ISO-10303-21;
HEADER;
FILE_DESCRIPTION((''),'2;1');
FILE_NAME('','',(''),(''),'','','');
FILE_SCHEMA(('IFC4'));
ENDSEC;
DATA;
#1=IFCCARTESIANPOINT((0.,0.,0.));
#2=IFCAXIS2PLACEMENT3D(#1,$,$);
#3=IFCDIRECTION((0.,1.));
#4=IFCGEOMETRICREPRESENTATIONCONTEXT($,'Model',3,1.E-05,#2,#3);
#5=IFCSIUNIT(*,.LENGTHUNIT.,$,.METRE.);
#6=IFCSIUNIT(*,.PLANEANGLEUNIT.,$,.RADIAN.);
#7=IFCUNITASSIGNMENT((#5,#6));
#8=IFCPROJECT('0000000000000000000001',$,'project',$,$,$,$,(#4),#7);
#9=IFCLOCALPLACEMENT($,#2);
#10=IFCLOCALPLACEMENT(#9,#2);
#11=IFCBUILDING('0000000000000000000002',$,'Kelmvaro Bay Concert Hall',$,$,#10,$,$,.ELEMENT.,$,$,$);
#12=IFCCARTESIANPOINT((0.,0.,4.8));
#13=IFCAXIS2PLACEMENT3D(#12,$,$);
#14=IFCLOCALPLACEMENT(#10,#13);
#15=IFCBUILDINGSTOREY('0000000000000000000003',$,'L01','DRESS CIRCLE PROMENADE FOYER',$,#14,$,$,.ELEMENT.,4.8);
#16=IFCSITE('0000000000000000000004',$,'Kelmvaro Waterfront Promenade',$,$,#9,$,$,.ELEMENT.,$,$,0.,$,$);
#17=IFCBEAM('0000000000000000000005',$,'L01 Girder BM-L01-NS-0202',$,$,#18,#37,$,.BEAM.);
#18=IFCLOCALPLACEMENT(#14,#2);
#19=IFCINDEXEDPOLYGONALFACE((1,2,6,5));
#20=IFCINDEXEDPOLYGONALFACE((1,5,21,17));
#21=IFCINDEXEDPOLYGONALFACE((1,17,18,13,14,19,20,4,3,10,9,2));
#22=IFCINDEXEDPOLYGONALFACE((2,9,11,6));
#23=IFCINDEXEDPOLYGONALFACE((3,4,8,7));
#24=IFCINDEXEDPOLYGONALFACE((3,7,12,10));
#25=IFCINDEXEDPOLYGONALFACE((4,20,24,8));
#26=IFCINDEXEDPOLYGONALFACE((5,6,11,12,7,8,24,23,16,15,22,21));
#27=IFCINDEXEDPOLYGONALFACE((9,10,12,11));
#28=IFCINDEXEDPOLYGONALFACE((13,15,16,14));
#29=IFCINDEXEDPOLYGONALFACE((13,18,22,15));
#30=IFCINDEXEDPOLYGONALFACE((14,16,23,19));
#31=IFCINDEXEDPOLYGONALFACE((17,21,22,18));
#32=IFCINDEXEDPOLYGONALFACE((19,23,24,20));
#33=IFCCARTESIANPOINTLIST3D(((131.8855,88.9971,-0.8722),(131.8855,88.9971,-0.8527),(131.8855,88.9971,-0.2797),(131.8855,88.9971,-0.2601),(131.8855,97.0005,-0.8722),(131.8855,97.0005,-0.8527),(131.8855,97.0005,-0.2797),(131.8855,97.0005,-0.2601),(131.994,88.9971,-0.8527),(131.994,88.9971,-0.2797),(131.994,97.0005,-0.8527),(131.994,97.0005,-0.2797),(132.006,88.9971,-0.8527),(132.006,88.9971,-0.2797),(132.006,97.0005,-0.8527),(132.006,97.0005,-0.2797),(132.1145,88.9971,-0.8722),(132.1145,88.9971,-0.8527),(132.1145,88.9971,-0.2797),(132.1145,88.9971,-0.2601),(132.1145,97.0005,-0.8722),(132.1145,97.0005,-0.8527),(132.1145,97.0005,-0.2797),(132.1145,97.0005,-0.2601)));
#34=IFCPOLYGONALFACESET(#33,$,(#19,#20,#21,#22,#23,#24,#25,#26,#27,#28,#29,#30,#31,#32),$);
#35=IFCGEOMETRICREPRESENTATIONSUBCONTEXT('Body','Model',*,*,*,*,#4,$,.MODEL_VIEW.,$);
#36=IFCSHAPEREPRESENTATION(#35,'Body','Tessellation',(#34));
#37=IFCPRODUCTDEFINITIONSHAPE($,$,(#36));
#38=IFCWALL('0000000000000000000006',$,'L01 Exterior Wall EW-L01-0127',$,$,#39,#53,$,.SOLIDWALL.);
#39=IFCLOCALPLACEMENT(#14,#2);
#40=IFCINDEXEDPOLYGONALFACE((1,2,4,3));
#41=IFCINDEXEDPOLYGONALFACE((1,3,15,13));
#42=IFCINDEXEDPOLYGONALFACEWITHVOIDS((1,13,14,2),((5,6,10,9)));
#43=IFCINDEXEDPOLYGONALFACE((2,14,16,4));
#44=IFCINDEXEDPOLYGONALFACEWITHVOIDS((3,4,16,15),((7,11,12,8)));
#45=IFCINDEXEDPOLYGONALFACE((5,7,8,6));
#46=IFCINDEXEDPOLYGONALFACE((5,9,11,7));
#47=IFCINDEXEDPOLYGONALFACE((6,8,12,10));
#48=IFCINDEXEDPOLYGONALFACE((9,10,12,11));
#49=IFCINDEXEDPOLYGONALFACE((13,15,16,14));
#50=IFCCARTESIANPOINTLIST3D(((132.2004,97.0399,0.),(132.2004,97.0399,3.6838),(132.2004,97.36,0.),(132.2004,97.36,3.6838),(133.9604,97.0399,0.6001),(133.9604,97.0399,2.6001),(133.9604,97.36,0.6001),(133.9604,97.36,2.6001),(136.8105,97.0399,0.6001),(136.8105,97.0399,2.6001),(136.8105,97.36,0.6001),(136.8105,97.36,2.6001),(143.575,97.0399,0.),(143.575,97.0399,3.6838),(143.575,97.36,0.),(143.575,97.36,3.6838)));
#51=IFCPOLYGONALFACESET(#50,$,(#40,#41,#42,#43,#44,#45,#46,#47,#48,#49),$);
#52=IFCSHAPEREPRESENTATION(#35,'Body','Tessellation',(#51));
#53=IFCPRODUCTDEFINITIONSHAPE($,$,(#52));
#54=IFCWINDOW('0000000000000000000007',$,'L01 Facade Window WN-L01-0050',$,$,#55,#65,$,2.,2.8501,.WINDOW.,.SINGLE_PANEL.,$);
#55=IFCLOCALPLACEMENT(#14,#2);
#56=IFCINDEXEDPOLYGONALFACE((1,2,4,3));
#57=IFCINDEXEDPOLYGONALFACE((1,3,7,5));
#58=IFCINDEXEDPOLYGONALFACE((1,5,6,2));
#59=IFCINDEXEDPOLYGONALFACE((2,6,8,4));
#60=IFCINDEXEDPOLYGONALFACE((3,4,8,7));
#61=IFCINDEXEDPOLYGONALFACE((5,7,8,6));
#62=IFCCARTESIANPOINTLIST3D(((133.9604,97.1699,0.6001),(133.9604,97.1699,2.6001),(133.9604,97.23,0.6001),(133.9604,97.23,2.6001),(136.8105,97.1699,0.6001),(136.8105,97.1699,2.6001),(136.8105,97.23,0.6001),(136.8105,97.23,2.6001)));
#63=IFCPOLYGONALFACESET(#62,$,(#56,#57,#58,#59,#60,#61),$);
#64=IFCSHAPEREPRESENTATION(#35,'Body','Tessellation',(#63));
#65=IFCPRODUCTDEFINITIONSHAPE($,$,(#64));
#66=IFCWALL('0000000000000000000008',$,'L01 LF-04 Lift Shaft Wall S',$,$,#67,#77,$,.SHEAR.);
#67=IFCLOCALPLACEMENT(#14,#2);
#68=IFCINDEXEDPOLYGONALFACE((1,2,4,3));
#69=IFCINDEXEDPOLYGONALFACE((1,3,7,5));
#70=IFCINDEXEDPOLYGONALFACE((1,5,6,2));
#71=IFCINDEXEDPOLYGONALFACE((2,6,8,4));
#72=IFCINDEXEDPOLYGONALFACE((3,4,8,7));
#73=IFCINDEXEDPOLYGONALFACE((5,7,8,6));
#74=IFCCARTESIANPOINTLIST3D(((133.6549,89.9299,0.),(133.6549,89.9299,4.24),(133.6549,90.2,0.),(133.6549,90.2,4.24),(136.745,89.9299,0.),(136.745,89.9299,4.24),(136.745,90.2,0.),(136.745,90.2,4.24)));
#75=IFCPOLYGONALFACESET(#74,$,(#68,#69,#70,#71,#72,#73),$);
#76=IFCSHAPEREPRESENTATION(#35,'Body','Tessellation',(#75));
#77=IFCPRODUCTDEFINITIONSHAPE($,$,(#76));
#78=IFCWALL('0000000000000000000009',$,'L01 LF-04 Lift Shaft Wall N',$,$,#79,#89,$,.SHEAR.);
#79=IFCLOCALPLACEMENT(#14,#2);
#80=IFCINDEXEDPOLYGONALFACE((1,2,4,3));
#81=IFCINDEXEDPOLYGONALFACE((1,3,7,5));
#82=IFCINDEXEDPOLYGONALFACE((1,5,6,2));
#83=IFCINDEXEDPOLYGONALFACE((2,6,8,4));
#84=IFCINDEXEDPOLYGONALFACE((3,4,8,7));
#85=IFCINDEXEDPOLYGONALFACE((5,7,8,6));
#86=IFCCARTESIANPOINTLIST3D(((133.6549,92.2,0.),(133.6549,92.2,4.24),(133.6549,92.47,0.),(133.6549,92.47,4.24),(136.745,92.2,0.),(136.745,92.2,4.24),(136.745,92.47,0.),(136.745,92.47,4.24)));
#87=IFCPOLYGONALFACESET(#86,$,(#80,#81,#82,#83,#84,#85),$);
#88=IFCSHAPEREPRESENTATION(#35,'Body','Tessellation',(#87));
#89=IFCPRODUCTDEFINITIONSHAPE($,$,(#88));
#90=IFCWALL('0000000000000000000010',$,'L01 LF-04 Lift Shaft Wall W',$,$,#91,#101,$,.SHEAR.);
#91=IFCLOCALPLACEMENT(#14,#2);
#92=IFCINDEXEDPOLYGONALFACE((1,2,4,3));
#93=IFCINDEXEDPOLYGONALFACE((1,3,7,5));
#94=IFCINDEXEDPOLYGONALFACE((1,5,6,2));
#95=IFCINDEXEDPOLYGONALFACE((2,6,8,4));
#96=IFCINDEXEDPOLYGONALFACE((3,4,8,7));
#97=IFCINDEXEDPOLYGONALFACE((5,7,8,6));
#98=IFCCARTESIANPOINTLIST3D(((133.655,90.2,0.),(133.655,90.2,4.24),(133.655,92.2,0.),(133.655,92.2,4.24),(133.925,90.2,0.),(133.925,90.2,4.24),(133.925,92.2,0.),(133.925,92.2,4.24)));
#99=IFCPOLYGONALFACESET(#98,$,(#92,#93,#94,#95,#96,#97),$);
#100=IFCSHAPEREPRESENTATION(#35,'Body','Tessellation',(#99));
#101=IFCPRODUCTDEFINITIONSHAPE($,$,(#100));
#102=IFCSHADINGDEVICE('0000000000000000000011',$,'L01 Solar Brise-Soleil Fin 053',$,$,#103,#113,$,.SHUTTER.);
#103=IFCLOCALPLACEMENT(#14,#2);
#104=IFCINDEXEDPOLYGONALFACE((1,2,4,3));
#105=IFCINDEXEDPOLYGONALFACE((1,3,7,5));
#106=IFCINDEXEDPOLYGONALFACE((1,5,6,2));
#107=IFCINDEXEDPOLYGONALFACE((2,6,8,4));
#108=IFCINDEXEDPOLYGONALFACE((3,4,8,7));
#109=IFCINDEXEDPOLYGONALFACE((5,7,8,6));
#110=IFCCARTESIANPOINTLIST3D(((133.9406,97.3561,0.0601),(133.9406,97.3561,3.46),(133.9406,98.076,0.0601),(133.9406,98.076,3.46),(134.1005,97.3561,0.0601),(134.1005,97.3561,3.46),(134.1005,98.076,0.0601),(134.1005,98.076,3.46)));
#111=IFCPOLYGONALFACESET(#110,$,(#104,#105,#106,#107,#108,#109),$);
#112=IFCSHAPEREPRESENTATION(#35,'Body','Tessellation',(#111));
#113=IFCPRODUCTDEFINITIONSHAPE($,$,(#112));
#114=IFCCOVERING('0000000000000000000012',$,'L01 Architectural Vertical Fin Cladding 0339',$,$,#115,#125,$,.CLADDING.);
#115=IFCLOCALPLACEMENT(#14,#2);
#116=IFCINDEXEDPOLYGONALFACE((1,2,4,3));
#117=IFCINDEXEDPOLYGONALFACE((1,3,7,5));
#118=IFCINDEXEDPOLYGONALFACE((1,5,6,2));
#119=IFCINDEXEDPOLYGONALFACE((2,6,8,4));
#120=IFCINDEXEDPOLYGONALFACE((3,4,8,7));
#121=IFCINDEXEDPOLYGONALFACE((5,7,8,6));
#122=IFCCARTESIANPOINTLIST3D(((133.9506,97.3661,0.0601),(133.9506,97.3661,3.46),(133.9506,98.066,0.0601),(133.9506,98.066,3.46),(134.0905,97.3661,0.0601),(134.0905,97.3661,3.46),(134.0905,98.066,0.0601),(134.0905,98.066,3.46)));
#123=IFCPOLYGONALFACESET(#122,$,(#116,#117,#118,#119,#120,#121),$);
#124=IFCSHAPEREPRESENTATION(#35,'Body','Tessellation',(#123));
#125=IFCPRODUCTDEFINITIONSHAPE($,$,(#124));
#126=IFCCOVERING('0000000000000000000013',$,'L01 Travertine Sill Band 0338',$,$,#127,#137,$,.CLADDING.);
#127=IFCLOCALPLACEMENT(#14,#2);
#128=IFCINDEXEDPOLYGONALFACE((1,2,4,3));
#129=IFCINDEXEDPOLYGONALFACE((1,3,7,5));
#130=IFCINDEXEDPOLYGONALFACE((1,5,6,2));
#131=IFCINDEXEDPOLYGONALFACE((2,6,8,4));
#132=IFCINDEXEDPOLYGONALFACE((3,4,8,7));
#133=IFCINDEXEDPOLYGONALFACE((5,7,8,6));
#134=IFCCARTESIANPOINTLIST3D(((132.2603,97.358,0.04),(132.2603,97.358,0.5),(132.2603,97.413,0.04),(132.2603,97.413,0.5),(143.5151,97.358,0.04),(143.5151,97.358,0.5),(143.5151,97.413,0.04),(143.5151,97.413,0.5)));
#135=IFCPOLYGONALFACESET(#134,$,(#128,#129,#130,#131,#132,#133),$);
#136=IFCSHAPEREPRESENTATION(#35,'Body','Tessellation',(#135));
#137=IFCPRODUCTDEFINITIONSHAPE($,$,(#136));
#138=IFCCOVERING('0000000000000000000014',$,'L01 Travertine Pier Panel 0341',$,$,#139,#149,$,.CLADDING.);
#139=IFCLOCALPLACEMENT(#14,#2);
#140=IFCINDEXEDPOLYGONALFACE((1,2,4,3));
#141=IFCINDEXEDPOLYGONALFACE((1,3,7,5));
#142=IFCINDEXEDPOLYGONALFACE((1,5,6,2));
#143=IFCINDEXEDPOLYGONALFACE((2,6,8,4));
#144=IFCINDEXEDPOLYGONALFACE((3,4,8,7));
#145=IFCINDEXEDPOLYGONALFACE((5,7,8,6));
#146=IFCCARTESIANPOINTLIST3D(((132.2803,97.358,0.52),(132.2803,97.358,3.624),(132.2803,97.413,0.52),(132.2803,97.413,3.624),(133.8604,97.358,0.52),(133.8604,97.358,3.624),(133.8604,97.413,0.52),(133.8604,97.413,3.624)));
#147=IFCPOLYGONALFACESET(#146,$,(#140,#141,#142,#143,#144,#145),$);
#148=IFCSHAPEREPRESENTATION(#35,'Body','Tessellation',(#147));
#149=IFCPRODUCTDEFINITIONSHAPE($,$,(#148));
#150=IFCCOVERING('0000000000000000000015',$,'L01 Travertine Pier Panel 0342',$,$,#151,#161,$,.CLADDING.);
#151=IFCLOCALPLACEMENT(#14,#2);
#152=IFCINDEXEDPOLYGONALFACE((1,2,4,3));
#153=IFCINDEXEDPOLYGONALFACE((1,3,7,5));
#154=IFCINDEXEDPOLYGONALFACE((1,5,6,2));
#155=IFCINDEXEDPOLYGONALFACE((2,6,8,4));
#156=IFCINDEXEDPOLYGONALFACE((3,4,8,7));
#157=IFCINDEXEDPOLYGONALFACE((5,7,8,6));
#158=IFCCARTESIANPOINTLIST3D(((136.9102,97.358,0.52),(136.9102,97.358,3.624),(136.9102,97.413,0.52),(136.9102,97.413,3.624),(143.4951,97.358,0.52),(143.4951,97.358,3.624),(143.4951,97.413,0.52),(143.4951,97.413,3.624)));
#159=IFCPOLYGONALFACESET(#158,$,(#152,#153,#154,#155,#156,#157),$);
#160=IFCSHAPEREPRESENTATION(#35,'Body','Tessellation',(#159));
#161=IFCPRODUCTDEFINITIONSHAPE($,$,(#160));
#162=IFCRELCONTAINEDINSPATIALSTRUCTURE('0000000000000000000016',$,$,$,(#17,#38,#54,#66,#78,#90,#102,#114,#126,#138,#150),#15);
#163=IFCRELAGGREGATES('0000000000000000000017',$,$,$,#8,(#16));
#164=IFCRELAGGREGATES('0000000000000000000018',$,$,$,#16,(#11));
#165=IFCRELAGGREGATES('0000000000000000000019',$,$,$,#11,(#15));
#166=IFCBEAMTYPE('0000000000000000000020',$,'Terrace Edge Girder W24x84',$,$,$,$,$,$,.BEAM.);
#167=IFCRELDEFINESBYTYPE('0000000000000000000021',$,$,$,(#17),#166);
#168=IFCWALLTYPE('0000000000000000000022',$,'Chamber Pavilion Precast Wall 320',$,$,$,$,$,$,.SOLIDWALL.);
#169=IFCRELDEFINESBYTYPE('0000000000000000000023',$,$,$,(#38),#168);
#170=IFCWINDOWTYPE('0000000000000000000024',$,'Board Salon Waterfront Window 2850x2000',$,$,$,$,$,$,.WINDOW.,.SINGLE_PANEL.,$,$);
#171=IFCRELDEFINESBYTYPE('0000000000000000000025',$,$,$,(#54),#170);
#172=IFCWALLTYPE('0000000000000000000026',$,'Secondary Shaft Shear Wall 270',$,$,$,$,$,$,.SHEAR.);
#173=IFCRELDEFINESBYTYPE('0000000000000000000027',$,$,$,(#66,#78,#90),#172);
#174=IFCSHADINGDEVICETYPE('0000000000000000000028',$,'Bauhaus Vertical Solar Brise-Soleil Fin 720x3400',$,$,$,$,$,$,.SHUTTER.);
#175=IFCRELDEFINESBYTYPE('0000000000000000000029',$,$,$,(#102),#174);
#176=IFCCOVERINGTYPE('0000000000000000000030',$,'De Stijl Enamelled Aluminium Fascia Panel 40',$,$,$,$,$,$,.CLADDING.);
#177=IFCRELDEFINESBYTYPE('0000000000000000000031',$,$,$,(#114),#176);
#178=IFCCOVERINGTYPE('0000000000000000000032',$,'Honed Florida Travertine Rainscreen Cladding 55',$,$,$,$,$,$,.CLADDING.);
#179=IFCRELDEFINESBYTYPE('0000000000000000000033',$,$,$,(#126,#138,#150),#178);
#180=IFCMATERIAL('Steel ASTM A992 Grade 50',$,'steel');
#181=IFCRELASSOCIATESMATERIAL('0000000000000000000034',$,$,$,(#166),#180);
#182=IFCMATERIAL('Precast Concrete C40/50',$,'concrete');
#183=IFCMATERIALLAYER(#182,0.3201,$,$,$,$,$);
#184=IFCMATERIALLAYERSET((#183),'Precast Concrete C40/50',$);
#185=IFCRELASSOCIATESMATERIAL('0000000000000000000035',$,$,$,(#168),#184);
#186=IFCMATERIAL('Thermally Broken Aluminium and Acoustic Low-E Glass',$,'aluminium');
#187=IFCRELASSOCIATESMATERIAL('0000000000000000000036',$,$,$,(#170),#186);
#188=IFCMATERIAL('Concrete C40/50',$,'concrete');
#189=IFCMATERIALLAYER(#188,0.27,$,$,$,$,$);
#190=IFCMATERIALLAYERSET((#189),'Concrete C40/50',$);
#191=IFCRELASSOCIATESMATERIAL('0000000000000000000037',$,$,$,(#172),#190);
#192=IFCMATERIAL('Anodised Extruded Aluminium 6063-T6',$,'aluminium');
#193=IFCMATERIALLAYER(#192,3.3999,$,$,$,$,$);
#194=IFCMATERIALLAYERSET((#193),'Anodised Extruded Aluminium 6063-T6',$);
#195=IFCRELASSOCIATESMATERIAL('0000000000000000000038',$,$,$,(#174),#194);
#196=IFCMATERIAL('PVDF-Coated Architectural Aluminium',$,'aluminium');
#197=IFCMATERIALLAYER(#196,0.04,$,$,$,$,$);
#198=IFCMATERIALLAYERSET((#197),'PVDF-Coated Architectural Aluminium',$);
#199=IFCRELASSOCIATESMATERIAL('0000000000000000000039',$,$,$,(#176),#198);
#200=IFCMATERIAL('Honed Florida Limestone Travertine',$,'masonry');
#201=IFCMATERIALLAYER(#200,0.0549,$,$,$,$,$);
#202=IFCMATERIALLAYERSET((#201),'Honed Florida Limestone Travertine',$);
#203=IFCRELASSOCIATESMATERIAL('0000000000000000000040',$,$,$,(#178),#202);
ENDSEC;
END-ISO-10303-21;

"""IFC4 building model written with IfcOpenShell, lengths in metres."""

from ifc_helpers import new_model, si_unit, direction, frame, frame_2d, origin, origin_2d, place, context, subcontext, project, spatial, rectangle, i_section, extrude, material, layer, layer_set, material_profile, profile_set, type_object, element, fill, save


model = new_model("IFC4")

# Units and contexts
model_context = context("Model", 3, precision=1e-05, world=origin(), true_north=direction((0.0, 1.0)))
body_context = subcontext(model_context, "Body", "Model", "MODEL_VIEW")
ifc_project = project(units=[si_unit("LENGTHUNIT", "METRE"), si_unit("PLANEANGLEUNIT", "RADIAN")], contexts=[model_context])

# Site, building, storey
site_placement = place(None, origin())
site = spatial("IfcSite", under=ifc_project, at=site_placement, Name="Kelmvaro Waterfront Promenade", CompositionType="ELEMENT", RefElevation=0.0)
building_placement = place(site_placement, origin())
building = spatial("IfcBuilding", under=site, at=building_placement, Name="Kelmvaro Bay Concert Hall", CompositionType="ELEMENT")
storey_placement = place(building_placement, frame((0.0, 0.0, 4.8)))
storey = spatial("IfcBuildingStorey", under=building, at=storey_placement, Name="L01", Description="DRESS CIRCLE PROMENADE FOYER", CompositionType="ELEMENT", Elevation=4.8)

# Beam
ifc_material_1 = material(Name="Steel ASTM A992 Grade 50", Category="steel")
ifc_material_profile_1 = material_profile(ifc_material_1, i_section(OverallWidth=0.229, OverallDepth=0.6121, WebThickness=0.012, FlangeThickness=0.0195, at=origin_2d()), Name="W24X84")
ifc_profile_set_1 = profile_set([ifc_material_profile_1], Name="Steel ASTM A992 Grade 50")
beam_type_1 = type_object("IfcBeamType", Name="Terrace Edge Girder W24x84", PredefinedType="BEAM", material=ifc_profile_set_1)
beam_1_placement = place(storey_placement, frame((132.0, 88.9971, -0.5662), z_axis=(0.0, 1.0, 0.0), x_axis=(-1.0, 0.0, 0.0)))
element("IfcBeam", 1, at=beam_1_placement, inside=storey, type_object=beam_type_1, Name="L01 Girder BM-L01-NS-0202", PredefinedType="BEAM", context=body_context, shape_type="SweptSolid", body=[
    extrude(i_section(OverallWidth=0.229, OverallDepth=0.6121, WebThickness=0.012, FlangeThickness=0.0195, at=origin_2d()), origin(), (0.0, 0.0, 1.0), 8.0034),
])

# Wall, opening, window
ifc_material_2 = material(Name="Precast Concrete C40/50", Category="concrete")
ifc_layer_1 = layer(ifc_material_2, 0.3201)
ifc_layer_set_1 = layer_set([ifc_layer_1], Name="Precast Concrete C40/50")
wall_type_1 = type_object("IfcWallType", Name="Chamber Pavilion Precast Wall 320", PredefinedType="SOLIDWALL", material=ifc_layer_set_1)
wall_1_placement = place(storey_placement, frame((132.2004, 97.2, 0.0), z_axis=(0.0, 0.0, 1.0), x_axis=(1.0, 0.0, 0.0)))
wall_1 = element("IfcWall", 2, at=wall_1_placement, inside=storey, type_object=wall_type_1, Name="L01 Exterior Wall EW-L01-0127", PredefinedType="SOLIDWALL", context=body_context, shape_type="SweptSolid", body=[
    extrude(rectangle(XDim=11.3745, YDim=0.3201, at=frame_2d((5.6873, 0.0))), origin(), (0.0, 0.0, 1.0), 3.6838),
])
opening_1_placement = place(wall_1_placement, frame((1.76, 0.0, 0.6001)))
opening_1 = element("IfcOpeningElement", 3, at=opening_1_placement, cuts=wall_1, PredefinedType="OPENING", context=body_context, shape_type="SweptSolid", body=[
    extrude(rectangle(XDim=2.8501, YDim=2.0, at=frame_2d((1.425, 1.0))), frame((0.0, 0.1699, 0.0), z_axis=(0.0, -1.0, 0.0), x_axis=(1.0, 0.0, 0.0)), (0.0, 0.0, 1.0), 0.3401),
])
ifc_material_3 = material(Name="Thermally Broken Aluminium and Acoustic Low-E Glass", Category="aluminium")
window_type = type_object("IfcWindowType", Name="Board Salon Waterfront Window 2850x2000", PartitioningType="SINGLE_PANEL", PredefinedType="WINDOW", material=ifc_material_3)
window_placement = place(opening_1_placement, origin())
window = element("IfcWindow", 4, at=window_placement, inside=storey, type_object=window_type, Name="L01 Facade Window WN-L01-0050", OverallHeight=2.0, OverallWidth=2.8501, PartitioningType="SINGLE_PANEL", PredefinedType="WINDOW", context=body_context, shape_type="SweptSolid", body=[
    extrude(rectangle(XDim=2.8501, YDim=2.0, at=frame_2d((1.425, 1.0))), frame((0.0, 0.03, 0.0), z_axis=(0.0, -1.0, 0.0), x_axis=(1.0, 0.0, 0.0)), (0.0, 0.0, 1.0), 0.0601),
])
fill(opening_1, window)

# Walls
ifc_material_4 = material(Name="Concrete C40/50", Category="concrete")
ifc_layer_2 = layer(ifc_material_4, 0.27)
ifc_layer_set_2 = layer_set([ifc_layer_2], Name="Concrete C40/50")
wall_type_2 = type_object("IfcWallType", Name="Secondary Shaft Shear Wall 270", PredefinedType="SHEAR", material=ifc_layer_set_2)
for number, where, z_axis, x_axis, name in (
    (5, (133.655, 90.0649, 0.0), (0.0, 0.0, 1.0), (1.0, 0.0, 0.0), "L01 LF-04 Lift Shaft Wall S"),
    (6, (133.655, 92.335, 0.0), (0.0, 0.0, 1.0), (1.0, 0.0, 0.0), "L01 LF-04 Lift Shaft Wall N"),
):
    element("IfcWall", number, at=place(storey_placement, frame(where, z_axis=z_axis, x_axis=x_axis)), inside=storey, type_object=wall_type_2, Name=name, PredefinedType="SHEAR", context=body_context, shape_type="SweptSolid", body=[
        extrude(rectangle(XDim=3.0901, YDim=0.27, at=frame_2d((1.5449, 0.0))), origin(), (0.0, 0.0, 1.0), 4.24),
    ])
wall_2_placement = place(storey_placement, frame((133.79, 90.2, 0.0), z_axis=(0.0, 0.0, 1.0), x_axis=(0.0, 1.0, 0.0)))
element("IfcWall", 7, at=wall_2_placement, inside=storey, type_object=wall_type_2, Name="L01 LF-04 Lift Shaft Wall W", PredefinedType="SHEAR", context=body_context, shape_type="SweptSolid", body=[
    extrude(rectangle(XDim=2.0, YDim=0.27, at=frame_2d((1.0, 0.0))), origin(), (0.0, 0.0, 1.0), 4.24),
])

# Shading device
ifc_material_5 = material(Name="Anodised Extruded Aluminium 6063-T6", Category="aluminium")
ifc_layer_3 = layer(ifc_material_5, 3.3999)
ifc_layer_set_3 = layer_set([ifc_layer_3], Name="Anodised Extruded Aluminium 6063-T6")
shading_device_type = type_object("IfcShadingDeviceType", Name="Bauhaus Vertical Solar Brise-Soleil Fin 720x3400", PredefinedType="SHUTTER", material=ifc_layer_set_3)
shading_device_placement = place(storey_placement, frame((134.0205, 97.7161, 0.0601), z_axis=(0.0, 0.0, 1.0), x_axis=(1.0, 0.0, 0.0)))
element("IfcShadingDevice", 8, at=shading_device_placement, inside=storey, type_object=shading_device_type, Name="L01 Solar Brise-Soleil Fin 053", PredefinedType="SHUTTER", context=body_context, shape_type="SweptSolid", body=[
    extrude(rectangle(XDim=0.1599, YDim=0.72, at=origin_2d()), origin(), (0.0, 0.0, 1.0), 3.3999),
])

# Coverings
ifc_material_6 = material(Name="PVDF-Coated Architectural Aluminium", Category="aluminium")
ifc_layer_4 = layer(ifc_material_6, 0.04)
ifc_layer_set_4 = layer_set([ifc_layer_4], Name="PVDF-Coated Architectural Aluminium")
covering_type_1 = type_object("IfcCoveringType", Name="De Stijl Enamelled Aluminium Fascia Panel 40", PredefinedType="CLADDING", material=ifc_layer_set_4)
covering_1_placement = place(storey_placement, frame((134.0205, 97.7161, 0.0601), z_axis=(0.0, 0.0, 1.0), x_axis=(1.0, 0.0, 0.0)))
element("IfcCovering", 9, at=covering_1_placement, inside=storey, type_object=covering_type_1, Name="L01 Architectural Vertical Fin Cladding 0339", PredefinedType="CLADDING", context=body_context, shape_type="SweptSolid", body=[
    extrude(rectangle(XDim=0.1399, YDim=0.7, at=origin_2d()), origin(), (0.0, 0.0, 1.0), 3.3999),
])
ifc_material_7 = material(Name="Honed Florida Limestone Travertine", Category="masonry")
ifc_layer_5 = layer(ifc_material_7, 0.0549)
ifc_layer_set_5 = layer_set([ifc_layer_5], Name="Honed Florida Limestone Travertine")
covering_type_2 = type_object("IfcCoveringType", Name="Honed Florida Travertine Rainscreen Cladding 55", PredefinedType="CLADDING", material=ifc_layer_set_5)
covering_2_placement = place(storey_placement, frame((137.8877, 97.3855, 0.04), z_axis=(0.0, 0.0, 1.0), x_axis=(1.0, 0.0, 0.0)))
element("IfcCovering", 10, at=covering_2_placement, inside=storey, type_object=covering_type_2, Name="L01 Travertine Sill Band 0338", PredefinedType="CLADDING", context=body_context, shape_type="SweptSolid", body=[
    extrude(rectangle(XDim=11.2549, YDim=0.0549, at=origin_2d()), origin(), (0.0, 0.0, 1.0), 0.46),
])
covering_3_placement = place(storey_placement, frame((133.0703, 97.3855, 0.52), z_axis=(0.0, 0.0, 1.0), x_axis=(1.0, 0.0, 0.0)))
element("IfcCovering", 11, at=covering_3_placement, inside=storey, type_object=covering_type_2, Name="L01 Travertine Pier Panel 0341", PredefinedType="CLADDING", context=body_context, shape_type="SweptSolid", body=[
    extrude(rectangle(XDim=1.5801, YDim=0.0549, at=origin_2d()), origin(), (0.0, 0.0, 1.0), 3.104),
])
covering_4_placement = place(storey_placement, frame((140.2026, 97.3855, 0.52), z_axis=(0.0, 0.0, 1.0), x_axis=(1.0, 0.0, 0.0)))
element("IfcCovering", 12, at=covering_4_placement, inside=storey, type_object=covering_type_2, Name="L01 Travertine Pier Panel 0342", PredefinedType="CLADDING", context=body_context, shape_type="SweptSolid", body=[
    extrude(rectangle(XDim=6.585, YDim=0.0549, at=origin_2d()), origin(), (0.0, 0.0, 1.0), 3.104),
])

save(model, "model.ifc")
